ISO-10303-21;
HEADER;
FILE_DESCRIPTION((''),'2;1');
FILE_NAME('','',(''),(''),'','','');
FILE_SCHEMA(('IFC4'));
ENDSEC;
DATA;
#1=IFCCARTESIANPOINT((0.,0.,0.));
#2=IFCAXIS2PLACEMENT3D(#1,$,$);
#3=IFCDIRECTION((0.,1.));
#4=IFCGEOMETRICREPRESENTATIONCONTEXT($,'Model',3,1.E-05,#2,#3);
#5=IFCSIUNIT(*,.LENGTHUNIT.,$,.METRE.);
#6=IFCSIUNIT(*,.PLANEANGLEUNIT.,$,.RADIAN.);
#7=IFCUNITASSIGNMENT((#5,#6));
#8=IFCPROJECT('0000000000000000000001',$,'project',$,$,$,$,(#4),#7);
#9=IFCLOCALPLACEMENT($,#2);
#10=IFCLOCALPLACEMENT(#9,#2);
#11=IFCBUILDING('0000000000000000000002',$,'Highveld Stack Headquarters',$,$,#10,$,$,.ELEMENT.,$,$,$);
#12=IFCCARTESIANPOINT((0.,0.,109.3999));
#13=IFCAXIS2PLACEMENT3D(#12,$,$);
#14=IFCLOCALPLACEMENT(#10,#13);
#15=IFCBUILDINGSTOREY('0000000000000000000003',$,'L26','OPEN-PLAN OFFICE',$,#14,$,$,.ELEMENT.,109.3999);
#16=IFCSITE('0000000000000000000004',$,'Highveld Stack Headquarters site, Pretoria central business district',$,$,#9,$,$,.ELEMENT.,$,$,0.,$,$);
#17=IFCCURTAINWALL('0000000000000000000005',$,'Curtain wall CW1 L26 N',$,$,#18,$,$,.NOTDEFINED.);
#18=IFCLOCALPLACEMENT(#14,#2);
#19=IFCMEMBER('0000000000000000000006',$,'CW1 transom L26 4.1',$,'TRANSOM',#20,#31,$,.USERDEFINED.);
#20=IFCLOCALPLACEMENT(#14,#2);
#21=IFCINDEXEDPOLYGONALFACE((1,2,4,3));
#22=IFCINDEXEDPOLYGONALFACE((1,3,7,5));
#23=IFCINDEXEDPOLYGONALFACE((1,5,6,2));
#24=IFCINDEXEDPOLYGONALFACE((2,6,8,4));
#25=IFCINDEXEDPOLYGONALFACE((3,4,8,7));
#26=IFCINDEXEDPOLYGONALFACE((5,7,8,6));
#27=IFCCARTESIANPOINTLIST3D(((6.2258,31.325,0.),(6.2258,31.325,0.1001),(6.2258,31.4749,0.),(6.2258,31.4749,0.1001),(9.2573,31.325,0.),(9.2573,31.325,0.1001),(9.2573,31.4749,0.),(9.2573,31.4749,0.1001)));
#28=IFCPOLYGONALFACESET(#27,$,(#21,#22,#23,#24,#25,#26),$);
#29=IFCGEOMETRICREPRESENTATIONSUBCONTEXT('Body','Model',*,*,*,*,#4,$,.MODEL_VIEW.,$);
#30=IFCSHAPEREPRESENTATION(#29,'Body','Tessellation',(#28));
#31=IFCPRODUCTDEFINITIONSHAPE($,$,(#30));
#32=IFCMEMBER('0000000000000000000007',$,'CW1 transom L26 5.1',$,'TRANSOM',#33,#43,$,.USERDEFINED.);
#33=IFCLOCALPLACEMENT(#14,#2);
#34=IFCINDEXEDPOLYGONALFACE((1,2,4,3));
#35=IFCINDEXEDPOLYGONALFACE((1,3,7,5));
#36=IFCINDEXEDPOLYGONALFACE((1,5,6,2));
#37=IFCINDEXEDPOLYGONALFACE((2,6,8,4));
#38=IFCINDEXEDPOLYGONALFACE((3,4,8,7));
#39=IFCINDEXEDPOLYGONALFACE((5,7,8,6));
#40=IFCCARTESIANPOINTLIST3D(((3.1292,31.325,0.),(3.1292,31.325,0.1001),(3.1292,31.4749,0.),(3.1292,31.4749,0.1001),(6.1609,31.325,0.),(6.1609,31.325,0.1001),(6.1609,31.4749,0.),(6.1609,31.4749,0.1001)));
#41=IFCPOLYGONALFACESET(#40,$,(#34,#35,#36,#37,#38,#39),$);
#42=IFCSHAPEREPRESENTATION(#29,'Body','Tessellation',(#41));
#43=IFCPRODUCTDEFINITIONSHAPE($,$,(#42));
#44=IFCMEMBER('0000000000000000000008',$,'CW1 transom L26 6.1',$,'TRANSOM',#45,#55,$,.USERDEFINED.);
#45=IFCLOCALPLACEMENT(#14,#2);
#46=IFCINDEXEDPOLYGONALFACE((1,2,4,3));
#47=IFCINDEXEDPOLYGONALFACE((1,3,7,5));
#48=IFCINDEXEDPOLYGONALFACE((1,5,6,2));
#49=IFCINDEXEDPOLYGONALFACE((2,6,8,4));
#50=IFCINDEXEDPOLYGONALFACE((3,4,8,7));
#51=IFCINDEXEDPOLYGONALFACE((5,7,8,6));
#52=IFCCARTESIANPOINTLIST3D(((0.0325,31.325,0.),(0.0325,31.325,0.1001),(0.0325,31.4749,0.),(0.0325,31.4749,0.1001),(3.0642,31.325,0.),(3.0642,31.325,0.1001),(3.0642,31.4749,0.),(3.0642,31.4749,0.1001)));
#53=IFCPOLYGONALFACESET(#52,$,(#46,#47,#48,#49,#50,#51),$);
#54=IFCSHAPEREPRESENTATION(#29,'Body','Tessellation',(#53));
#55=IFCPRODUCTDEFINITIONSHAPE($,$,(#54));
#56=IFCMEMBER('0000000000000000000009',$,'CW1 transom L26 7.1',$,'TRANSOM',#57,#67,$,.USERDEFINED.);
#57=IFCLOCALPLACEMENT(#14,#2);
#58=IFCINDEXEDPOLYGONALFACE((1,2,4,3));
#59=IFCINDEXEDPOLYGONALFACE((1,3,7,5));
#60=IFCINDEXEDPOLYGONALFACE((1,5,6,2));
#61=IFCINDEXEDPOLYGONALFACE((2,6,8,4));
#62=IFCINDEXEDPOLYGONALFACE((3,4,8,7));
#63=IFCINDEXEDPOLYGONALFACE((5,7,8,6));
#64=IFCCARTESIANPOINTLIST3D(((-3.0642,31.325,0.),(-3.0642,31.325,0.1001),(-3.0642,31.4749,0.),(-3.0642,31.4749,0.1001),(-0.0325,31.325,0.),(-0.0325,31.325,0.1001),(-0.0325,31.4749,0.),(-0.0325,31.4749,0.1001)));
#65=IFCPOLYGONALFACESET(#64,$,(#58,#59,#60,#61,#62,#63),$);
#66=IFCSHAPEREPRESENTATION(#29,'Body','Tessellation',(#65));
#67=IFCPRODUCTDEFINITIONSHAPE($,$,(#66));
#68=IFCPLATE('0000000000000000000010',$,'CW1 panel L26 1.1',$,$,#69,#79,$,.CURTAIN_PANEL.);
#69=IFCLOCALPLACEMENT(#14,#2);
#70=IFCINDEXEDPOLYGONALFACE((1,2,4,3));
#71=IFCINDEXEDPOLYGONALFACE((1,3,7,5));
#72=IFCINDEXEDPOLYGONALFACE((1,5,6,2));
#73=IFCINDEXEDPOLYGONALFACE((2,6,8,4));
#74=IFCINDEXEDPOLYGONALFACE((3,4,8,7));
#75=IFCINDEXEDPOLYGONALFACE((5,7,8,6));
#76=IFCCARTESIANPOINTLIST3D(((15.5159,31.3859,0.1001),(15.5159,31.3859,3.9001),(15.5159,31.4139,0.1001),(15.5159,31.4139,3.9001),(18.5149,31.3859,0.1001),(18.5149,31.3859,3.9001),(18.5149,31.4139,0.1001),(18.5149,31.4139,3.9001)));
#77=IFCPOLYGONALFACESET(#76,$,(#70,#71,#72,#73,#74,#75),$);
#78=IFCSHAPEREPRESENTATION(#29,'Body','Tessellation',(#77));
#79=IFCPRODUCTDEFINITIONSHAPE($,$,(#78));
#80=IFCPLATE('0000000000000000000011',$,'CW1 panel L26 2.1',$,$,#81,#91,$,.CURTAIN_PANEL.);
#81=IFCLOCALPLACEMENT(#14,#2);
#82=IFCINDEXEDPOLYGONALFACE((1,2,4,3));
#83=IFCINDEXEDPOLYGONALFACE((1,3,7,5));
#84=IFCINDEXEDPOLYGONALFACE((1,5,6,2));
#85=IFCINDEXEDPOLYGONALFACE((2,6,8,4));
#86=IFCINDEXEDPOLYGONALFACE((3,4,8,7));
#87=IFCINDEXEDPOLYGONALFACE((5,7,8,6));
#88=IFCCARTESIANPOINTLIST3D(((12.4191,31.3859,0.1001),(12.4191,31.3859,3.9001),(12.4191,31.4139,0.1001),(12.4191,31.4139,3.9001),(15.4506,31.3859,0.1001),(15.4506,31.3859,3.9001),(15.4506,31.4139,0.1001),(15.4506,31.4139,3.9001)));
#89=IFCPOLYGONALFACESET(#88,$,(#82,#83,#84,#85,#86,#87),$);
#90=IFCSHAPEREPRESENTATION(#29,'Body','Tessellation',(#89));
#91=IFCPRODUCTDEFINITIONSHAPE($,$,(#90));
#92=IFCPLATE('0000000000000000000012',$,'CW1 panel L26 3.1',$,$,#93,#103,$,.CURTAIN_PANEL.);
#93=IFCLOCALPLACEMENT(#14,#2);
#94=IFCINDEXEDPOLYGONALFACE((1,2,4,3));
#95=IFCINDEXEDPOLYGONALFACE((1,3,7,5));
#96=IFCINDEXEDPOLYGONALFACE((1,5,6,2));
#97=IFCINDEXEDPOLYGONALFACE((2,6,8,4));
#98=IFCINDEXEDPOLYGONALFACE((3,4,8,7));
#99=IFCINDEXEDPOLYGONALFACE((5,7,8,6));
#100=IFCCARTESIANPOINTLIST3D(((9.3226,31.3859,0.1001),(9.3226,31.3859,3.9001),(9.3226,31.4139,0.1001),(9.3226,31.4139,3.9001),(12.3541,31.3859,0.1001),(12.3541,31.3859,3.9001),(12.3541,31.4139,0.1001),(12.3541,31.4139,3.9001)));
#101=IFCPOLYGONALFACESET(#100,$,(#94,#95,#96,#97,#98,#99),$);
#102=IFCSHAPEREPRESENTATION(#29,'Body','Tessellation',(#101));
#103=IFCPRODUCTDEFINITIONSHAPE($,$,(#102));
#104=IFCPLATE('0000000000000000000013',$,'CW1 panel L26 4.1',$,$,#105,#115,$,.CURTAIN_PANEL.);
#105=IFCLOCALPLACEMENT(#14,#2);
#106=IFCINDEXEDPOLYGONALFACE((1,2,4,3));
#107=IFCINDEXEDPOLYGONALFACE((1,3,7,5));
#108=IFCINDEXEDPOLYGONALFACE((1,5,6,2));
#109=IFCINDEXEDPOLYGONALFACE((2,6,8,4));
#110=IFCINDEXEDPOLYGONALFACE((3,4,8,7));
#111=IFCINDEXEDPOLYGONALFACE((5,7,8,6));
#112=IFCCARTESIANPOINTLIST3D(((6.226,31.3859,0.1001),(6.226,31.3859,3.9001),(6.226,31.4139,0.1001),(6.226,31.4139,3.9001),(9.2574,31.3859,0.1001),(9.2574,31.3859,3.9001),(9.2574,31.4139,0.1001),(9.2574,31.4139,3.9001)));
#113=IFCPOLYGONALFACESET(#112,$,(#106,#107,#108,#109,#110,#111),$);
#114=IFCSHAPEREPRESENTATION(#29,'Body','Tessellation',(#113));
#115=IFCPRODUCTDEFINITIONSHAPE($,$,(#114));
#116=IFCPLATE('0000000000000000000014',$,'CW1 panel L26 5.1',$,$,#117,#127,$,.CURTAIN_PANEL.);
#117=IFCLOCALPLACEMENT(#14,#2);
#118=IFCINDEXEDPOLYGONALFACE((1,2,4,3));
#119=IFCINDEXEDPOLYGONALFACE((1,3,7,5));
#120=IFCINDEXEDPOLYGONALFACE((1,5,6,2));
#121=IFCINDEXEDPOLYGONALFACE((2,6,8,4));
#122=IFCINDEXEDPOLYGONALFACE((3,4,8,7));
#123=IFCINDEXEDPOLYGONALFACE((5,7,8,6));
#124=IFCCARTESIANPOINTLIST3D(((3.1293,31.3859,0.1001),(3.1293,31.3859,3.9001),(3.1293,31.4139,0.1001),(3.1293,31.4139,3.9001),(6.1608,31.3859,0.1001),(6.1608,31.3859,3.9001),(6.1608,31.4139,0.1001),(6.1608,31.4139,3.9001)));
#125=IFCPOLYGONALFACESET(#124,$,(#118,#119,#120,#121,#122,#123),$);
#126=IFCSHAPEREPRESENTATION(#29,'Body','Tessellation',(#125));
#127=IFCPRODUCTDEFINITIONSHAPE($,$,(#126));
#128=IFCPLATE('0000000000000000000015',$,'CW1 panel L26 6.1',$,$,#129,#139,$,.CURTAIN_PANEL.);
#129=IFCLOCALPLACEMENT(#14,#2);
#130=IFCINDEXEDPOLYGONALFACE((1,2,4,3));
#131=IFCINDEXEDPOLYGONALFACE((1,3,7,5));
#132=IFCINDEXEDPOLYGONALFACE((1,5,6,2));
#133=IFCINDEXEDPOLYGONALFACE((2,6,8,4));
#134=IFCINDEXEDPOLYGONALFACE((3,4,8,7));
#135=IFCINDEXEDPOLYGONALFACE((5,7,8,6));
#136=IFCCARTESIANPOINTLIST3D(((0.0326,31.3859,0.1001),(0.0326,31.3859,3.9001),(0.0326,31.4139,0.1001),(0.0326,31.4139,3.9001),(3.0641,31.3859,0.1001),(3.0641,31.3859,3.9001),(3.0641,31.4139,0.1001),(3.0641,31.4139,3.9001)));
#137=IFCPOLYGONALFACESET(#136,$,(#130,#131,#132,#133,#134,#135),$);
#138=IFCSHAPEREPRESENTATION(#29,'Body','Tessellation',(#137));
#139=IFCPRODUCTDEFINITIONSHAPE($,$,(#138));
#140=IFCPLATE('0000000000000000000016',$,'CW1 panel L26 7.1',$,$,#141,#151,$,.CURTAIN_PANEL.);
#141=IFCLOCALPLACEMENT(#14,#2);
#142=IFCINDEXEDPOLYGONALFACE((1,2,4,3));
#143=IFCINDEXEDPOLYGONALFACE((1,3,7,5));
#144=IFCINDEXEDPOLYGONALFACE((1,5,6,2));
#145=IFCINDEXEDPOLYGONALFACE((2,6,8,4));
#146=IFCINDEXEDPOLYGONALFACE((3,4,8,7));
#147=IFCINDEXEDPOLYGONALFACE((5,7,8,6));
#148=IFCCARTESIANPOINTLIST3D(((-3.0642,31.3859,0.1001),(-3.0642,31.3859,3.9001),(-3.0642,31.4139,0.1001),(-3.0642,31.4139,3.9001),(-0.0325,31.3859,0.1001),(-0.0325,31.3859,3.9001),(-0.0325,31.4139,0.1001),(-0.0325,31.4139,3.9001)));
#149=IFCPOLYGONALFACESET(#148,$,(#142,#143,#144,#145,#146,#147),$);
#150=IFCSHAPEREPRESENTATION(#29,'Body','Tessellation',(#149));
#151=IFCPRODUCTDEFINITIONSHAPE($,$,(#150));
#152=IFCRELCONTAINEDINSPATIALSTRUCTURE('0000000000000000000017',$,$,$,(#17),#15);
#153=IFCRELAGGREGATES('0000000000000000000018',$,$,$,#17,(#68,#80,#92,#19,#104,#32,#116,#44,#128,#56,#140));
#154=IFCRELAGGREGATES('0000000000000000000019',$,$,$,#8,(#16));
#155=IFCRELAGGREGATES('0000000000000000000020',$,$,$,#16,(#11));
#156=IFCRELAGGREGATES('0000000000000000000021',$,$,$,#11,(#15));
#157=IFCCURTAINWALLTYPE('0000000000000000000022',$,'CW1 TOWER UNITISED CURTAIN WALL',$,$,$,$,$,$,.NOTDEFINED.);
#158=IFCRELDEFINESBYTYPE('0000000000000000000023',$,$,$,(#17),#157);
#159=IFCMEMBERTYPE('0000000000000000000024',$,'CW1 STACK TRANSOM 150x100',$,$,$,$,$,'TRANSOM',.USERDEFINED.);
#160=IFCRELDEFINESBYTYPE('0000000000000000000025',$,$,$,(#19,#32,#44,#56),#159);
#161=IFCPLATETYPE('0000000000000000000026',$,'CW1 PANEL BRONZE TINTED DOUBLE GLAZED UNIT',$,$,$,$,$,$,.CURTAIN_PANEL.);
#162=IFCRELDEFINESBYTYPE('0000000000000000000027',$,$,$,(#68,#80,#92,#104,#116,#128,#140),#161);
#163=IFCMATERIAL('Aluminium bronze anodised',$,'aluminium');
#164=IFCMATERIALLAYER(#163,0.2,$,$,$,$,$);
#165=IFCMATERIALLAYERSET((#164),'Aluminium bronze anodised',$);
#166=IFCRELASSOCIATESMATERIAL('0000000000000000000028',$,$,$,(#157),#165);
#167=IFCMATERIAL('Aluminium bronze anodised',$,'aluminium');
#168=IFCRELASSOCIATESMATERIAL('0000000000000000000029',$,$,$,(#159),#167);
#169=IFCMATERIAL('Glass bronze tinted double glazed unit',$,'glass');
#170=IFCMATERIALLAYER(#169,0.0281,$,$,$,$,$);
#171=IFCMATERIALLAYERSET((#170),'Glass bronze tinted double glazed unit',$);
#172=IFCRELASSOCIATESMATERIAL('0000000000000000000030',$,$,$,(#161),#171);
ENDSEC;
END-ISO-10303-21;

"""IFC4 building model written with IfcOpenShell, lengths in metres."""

from ifc_helpers import new_model, si_unit, direction, frame, origin, origin_2d, place, context, subcontext, project, spatial, rectangle, extrude, material, layer, layer_set, material_profile, profile_set, type_object, element, aggregate, save


model = new_model("IFC4")

# Units and contexts
model_context = context("Model", 3, precision=1e-05, world=origin(), true_north=direction((0.0, 1.0)))
body_context = subcontext(model_context, "Body", "Model", "MODEL_VIEW")
ifc_project = project(units=[si_unit("LENGTHUNIT", "METRE"), si_unit("PLANEANGLEUNIT", "RADIAN")], contexts=[model_context])

# Site, building, storey
site_placement = place(None, origin())
site = spatial("IfcSite", under=ifc_project, at=site_placement, Name="Highveld Stack Headquarters site, Pretoria central business district", CompositionType="ELEMENT", RefElevation=0.0)
building_placement = place(site_placement, origin())
building = spatial("IfcBuilding", under=site, at=building_placement, Name="Highveld Stack Headquarters", CompositionType="ELEMENT")
storey_placement = place(building_placement, frame((0.0, 0.0, 109.3999)))
storey = spatial("IfcBuildingStorey", under=building, at=storey_placement, Name="L26", Description="OPEN-PLAN OFFICE", CompositionType="ELEMENT", Elevation=109.3999)

# Curtain wall, members, plates
ifc_material_1 = material(Name="Aluminium bronze anodised", Category="aluminium")
ifc_layer_1 = layer(ifc_material_1, 0.2)
ifc_layer_set_1 = layer_set([ifc_layer_1], Name="Aluminium bronze anodised")
curtain_wall_type = type_object("IfcCurtainWallType", Name="CW1 TOWER UNITISED CURTAIN WALL", PredefinedType="NOTDEFINED", material=ifc_layer_set_1)
curtain_wall_placement = place(storey_placement, origin())
curtain_wall = element("IfcCurtainWall", 1, at=curtain_wall_placement, inside=storey, type_object=curtain_wall_type, Name="Curtain wall CW1 L26 N", PredefinedType="NOTDEFINED")
ifc_material_2 = material(Name="Aluminium bronze anodised", Category="aluminium")
ifc_material_profile_1 = material_profile(ifc_material_2, rectangle(XDim=0.1499, YDim=0.1001, at=origin_2d()), Name="CW1 TRANSOM 150x100")
ifc_profile_set_1 = profile_set([ifc_material_profile_1], Name="Aluminium bronze anodised")
member_type_1 = type_object("IfcMemberType", Name="CW1 STACK TRANSOM 150x100", ElementType="TRANSOM", PredefinedType="USERDEFINED", material=ifc_profile_set_1)
member_1_placement = place(storey_placement, frame((9.2573, 31.3999, 0.05), z_axis=(-1.0, 0.0, 0.0), x_axis=(0.0, -1.0, 0.0)))
member_1 = element("IfcMember", 2, at=member_1_placement, type_object=member_type_1, Name="CW1 transom L26 4.1", ObjectType="TRANSOM", PredefinedType="USERDEFINED", context=body_context, shape_type="SweptSolid", body=[
    extrude(rectangle(XDim=0.1499, YDim=0.1001, at=origin_2d()), origin(), (0.0, 0.0, 1.0), 3.0315),
])
member_2_placement = place(storey_placement, frame((6.1609, 31.3999, 0.05), z_axis=(-1.0, 0.0, 0.0), x_axis=(0.0, -1.0, 0.0)))
member_2 = element("IfcMember", 3, at=member_2_placement, type_object=member_type_1, Name="CW1 transom L26 5.1", ObjectType="TRANSOM", PredefinedType="USERDEFINED", context=body_context, shape_type="SweptSolid", body=[
    extrude(rectangle(XDim=0.1499, YDim=0.1001, at=origin_2d()), origin(), (0.0, 0.0, 1.0), 3.0317),
])
member_3_placement = place(storey_placement, frame((3.0642, 31.3999, 0.05), z_axis=(-1.0, 0.0, 0.0), x_axis=(0.0, -1.0, 0.0)))
member_3 = element("IfcMember", 4, at=member_3_placement, type_object=member_type_1, Name="CW1 transom L26 6.1", ObjectType="TRANSOM", PredefinedType="USERDEFINED", context=body_context, shape_type="SweptSolid", body=[
    extrude(rectangle(XDim=0.1499, YDim=0.1001, at=origin_2d()), origin(), (0.0, 0.0, 1.0), 3.0317),
])
member_4_placement = place(storey_placement, frame((-0.0325, 31.3999, 0.05), z_axis=(-1.0, 0.0, 0.0), x_axis=(0.0, -1.0, 0.0)))
member_4 = element("IfcMember", 5, at=member_4_placement, type_object=member_type_1, Name="CW1 transom L26 7.1", ObjectType="TRANSOM", PredefinedType="USERDEFINED", context=body_context, shape_type="SweptSolid", body=[
    extrude(rectangle(XDim=0.1499, YDim=0.1001, at=origin_2d()), origin(), (0.0, 0.0, 1.0), 3.0317),
])
ifc_material_3 = material(Name="Glass bronze tinted double glazed unit", Category="glass")
ifc_layer_2 = layer(ifc_material_3, 0.0281)
ifc_layer_set_2 = layer_set([ifc_layer_2], Name="Glass bronze tinted double glazed unit")
plate_type = type_object("IfcPlateType", Name="CW1 PANEL BRONZE TINTED DOUBLE GLAZED UNIT", PredefinedType="CURTAIN_PANEL", material=ifc_layer_set_2)
plate_1_placement = place(storey_placement, frame((17.0154, 31.3999, 0.1001), z_axis=(0.0, 0.0, 1.0), x_axis=(-1.0, 0.0, 0.0)))
plate_1 = element("IfcPlate", 6, at=plate_1_placement, type_object=plate_type, Name="CW1 panel L26 1.1", PredefinedType="CURTAIN_PANEL", context=body_context, shape_type="SweptSolid", body=[
    extrude(rectangle(XDim=2.999, YDim=0.0281, at=origin_2d()), origin(), (0.0, 0.0, 1.0), 3.8),
])
plate_2_placement = place(storey_placement, frame((13.9348, 31.3999, 0.1001), z_axis=(0.0, 0.0, 1.0), x_axis=(-1.0, 0.0, 0.0)))
plate_2 = element("IfcPlate", 7, at=plate_2_placement, type_object=plate_type, Name="CW1 panel L26 2.1", PredefinedType="CURTAIN_PANEL", context=body_context, shape_type="SweptSolid", body=[
    extrude(rectangle(XDim=3.0315, YDim=0.0281, at=origin_2d()), origin(), (0.0, 0.0, 1.0), 3.8),
])
plate_3_placement = place(storey_placement, frame((10.8384, 31.3999, 0.1001), z_axis=(0.0, 0.0, 1.0), x_axis=(-1.0, 0.0, 0.0)))
plate_3 = element("IfcPlate", 8, at=plate_3_placement, type_object=plate_type, Name="CW1 panel L26 3.1", PredefinedType="CURTAIN_PANEL", context=body_context, shape_type="SweptSolid", body=[
    extrude(rectangle(XDim=3.0315, YDim=0.0281, at=origin_2d()), origin(), (0.0, 0.0, 1.0), 3.8),
])
plate_4_placement = place(storey_placement, frame((7.7417, 31.3999, 0.1001), z_axis=(0.0, 0.0, 1.0), x_axis=(-1.0, 0.0, 0.0)))
plate_4 = element("IfcPlate", 9, at=plate_4_placement, type_object=plate_type, Name="CW1 panel L26 4.1", PredefinedType="CURTAIN_PANEL", context=body_context, shape_type="SweptSolid", body=[
    extrude(rectangle(XDim=3.0315, YDim=0.0281, at=origin_2d()), origin(), (0.0, 0.0, 1.0), 3.8),
])
plate_5_placement = place(storey_placement, frame((4.645, 31.3999, 0.1001), z_axis=(0.0, 0.0, 1.0), x_axis=(-1.0, 0.0, 0.0)))
plate_5 = element("IfcPlate", 10, at=plate_5_placement, type_object=plate_type, Name="CW1 panel L26 5.1", PredefinedType="CURTAIN_PANEL", context=body_context, shape_type="SweptSolid", body=[
    extrude(rectangle(XDim=3.0315, YDim=0.0281, at=origin_2d()), origin(), (0.0, 0.0, 1.0), 3.8),
])
plate_6_placement = place(storey_placement, frame((1.5483, 31.3999, 0.1001), z_axis=(0.0, 0.0, 1.0), x_axis=(-1.0, 0.0, 0.0)))
plate_6 = element("IfcPlate", 11, at=plate_6_placement, type_object=plate_type, Name="CW1 panel L26 6.1", PredefinedType="CURTAIN_PANEL", context=body_context, shape_type="SweptSolid", body=[
    extrude(rectangle(XDim=3.0315, YDim=0.0281, at=origin_2d()), origin(), (0.0, 0.0, 1.0), 3.8),
])
plate_7_placement = place(storey_placement, frame((-1.5483, 31.3999, 0.1001), z_axis=(0.0, 0.0, 1.0), x_axis=(-1.0, 0.0, 0.0)))
plate_7 = element("IfcPlate", 12, at=plate_7_placement, type_object=plate_type, Name="CW1 panel L26 7.1", PredefinedType="CURTAIN_PANEL", context=body_context, shape_type="SweptSolid", body=[
    extrude(rectangle(XDim=3.0317, YDim=0.0281, at=origin_2d()), origin(), (0.0, 0.0, 1.0), 3.8),
])
aggregate(curtain_wall, [plate_1, plate_2, plate_3, member_1, plate_4, member_2, plate_5, member_3, plate_6, member_4, plate_7])

save(model, "model.ifc")
